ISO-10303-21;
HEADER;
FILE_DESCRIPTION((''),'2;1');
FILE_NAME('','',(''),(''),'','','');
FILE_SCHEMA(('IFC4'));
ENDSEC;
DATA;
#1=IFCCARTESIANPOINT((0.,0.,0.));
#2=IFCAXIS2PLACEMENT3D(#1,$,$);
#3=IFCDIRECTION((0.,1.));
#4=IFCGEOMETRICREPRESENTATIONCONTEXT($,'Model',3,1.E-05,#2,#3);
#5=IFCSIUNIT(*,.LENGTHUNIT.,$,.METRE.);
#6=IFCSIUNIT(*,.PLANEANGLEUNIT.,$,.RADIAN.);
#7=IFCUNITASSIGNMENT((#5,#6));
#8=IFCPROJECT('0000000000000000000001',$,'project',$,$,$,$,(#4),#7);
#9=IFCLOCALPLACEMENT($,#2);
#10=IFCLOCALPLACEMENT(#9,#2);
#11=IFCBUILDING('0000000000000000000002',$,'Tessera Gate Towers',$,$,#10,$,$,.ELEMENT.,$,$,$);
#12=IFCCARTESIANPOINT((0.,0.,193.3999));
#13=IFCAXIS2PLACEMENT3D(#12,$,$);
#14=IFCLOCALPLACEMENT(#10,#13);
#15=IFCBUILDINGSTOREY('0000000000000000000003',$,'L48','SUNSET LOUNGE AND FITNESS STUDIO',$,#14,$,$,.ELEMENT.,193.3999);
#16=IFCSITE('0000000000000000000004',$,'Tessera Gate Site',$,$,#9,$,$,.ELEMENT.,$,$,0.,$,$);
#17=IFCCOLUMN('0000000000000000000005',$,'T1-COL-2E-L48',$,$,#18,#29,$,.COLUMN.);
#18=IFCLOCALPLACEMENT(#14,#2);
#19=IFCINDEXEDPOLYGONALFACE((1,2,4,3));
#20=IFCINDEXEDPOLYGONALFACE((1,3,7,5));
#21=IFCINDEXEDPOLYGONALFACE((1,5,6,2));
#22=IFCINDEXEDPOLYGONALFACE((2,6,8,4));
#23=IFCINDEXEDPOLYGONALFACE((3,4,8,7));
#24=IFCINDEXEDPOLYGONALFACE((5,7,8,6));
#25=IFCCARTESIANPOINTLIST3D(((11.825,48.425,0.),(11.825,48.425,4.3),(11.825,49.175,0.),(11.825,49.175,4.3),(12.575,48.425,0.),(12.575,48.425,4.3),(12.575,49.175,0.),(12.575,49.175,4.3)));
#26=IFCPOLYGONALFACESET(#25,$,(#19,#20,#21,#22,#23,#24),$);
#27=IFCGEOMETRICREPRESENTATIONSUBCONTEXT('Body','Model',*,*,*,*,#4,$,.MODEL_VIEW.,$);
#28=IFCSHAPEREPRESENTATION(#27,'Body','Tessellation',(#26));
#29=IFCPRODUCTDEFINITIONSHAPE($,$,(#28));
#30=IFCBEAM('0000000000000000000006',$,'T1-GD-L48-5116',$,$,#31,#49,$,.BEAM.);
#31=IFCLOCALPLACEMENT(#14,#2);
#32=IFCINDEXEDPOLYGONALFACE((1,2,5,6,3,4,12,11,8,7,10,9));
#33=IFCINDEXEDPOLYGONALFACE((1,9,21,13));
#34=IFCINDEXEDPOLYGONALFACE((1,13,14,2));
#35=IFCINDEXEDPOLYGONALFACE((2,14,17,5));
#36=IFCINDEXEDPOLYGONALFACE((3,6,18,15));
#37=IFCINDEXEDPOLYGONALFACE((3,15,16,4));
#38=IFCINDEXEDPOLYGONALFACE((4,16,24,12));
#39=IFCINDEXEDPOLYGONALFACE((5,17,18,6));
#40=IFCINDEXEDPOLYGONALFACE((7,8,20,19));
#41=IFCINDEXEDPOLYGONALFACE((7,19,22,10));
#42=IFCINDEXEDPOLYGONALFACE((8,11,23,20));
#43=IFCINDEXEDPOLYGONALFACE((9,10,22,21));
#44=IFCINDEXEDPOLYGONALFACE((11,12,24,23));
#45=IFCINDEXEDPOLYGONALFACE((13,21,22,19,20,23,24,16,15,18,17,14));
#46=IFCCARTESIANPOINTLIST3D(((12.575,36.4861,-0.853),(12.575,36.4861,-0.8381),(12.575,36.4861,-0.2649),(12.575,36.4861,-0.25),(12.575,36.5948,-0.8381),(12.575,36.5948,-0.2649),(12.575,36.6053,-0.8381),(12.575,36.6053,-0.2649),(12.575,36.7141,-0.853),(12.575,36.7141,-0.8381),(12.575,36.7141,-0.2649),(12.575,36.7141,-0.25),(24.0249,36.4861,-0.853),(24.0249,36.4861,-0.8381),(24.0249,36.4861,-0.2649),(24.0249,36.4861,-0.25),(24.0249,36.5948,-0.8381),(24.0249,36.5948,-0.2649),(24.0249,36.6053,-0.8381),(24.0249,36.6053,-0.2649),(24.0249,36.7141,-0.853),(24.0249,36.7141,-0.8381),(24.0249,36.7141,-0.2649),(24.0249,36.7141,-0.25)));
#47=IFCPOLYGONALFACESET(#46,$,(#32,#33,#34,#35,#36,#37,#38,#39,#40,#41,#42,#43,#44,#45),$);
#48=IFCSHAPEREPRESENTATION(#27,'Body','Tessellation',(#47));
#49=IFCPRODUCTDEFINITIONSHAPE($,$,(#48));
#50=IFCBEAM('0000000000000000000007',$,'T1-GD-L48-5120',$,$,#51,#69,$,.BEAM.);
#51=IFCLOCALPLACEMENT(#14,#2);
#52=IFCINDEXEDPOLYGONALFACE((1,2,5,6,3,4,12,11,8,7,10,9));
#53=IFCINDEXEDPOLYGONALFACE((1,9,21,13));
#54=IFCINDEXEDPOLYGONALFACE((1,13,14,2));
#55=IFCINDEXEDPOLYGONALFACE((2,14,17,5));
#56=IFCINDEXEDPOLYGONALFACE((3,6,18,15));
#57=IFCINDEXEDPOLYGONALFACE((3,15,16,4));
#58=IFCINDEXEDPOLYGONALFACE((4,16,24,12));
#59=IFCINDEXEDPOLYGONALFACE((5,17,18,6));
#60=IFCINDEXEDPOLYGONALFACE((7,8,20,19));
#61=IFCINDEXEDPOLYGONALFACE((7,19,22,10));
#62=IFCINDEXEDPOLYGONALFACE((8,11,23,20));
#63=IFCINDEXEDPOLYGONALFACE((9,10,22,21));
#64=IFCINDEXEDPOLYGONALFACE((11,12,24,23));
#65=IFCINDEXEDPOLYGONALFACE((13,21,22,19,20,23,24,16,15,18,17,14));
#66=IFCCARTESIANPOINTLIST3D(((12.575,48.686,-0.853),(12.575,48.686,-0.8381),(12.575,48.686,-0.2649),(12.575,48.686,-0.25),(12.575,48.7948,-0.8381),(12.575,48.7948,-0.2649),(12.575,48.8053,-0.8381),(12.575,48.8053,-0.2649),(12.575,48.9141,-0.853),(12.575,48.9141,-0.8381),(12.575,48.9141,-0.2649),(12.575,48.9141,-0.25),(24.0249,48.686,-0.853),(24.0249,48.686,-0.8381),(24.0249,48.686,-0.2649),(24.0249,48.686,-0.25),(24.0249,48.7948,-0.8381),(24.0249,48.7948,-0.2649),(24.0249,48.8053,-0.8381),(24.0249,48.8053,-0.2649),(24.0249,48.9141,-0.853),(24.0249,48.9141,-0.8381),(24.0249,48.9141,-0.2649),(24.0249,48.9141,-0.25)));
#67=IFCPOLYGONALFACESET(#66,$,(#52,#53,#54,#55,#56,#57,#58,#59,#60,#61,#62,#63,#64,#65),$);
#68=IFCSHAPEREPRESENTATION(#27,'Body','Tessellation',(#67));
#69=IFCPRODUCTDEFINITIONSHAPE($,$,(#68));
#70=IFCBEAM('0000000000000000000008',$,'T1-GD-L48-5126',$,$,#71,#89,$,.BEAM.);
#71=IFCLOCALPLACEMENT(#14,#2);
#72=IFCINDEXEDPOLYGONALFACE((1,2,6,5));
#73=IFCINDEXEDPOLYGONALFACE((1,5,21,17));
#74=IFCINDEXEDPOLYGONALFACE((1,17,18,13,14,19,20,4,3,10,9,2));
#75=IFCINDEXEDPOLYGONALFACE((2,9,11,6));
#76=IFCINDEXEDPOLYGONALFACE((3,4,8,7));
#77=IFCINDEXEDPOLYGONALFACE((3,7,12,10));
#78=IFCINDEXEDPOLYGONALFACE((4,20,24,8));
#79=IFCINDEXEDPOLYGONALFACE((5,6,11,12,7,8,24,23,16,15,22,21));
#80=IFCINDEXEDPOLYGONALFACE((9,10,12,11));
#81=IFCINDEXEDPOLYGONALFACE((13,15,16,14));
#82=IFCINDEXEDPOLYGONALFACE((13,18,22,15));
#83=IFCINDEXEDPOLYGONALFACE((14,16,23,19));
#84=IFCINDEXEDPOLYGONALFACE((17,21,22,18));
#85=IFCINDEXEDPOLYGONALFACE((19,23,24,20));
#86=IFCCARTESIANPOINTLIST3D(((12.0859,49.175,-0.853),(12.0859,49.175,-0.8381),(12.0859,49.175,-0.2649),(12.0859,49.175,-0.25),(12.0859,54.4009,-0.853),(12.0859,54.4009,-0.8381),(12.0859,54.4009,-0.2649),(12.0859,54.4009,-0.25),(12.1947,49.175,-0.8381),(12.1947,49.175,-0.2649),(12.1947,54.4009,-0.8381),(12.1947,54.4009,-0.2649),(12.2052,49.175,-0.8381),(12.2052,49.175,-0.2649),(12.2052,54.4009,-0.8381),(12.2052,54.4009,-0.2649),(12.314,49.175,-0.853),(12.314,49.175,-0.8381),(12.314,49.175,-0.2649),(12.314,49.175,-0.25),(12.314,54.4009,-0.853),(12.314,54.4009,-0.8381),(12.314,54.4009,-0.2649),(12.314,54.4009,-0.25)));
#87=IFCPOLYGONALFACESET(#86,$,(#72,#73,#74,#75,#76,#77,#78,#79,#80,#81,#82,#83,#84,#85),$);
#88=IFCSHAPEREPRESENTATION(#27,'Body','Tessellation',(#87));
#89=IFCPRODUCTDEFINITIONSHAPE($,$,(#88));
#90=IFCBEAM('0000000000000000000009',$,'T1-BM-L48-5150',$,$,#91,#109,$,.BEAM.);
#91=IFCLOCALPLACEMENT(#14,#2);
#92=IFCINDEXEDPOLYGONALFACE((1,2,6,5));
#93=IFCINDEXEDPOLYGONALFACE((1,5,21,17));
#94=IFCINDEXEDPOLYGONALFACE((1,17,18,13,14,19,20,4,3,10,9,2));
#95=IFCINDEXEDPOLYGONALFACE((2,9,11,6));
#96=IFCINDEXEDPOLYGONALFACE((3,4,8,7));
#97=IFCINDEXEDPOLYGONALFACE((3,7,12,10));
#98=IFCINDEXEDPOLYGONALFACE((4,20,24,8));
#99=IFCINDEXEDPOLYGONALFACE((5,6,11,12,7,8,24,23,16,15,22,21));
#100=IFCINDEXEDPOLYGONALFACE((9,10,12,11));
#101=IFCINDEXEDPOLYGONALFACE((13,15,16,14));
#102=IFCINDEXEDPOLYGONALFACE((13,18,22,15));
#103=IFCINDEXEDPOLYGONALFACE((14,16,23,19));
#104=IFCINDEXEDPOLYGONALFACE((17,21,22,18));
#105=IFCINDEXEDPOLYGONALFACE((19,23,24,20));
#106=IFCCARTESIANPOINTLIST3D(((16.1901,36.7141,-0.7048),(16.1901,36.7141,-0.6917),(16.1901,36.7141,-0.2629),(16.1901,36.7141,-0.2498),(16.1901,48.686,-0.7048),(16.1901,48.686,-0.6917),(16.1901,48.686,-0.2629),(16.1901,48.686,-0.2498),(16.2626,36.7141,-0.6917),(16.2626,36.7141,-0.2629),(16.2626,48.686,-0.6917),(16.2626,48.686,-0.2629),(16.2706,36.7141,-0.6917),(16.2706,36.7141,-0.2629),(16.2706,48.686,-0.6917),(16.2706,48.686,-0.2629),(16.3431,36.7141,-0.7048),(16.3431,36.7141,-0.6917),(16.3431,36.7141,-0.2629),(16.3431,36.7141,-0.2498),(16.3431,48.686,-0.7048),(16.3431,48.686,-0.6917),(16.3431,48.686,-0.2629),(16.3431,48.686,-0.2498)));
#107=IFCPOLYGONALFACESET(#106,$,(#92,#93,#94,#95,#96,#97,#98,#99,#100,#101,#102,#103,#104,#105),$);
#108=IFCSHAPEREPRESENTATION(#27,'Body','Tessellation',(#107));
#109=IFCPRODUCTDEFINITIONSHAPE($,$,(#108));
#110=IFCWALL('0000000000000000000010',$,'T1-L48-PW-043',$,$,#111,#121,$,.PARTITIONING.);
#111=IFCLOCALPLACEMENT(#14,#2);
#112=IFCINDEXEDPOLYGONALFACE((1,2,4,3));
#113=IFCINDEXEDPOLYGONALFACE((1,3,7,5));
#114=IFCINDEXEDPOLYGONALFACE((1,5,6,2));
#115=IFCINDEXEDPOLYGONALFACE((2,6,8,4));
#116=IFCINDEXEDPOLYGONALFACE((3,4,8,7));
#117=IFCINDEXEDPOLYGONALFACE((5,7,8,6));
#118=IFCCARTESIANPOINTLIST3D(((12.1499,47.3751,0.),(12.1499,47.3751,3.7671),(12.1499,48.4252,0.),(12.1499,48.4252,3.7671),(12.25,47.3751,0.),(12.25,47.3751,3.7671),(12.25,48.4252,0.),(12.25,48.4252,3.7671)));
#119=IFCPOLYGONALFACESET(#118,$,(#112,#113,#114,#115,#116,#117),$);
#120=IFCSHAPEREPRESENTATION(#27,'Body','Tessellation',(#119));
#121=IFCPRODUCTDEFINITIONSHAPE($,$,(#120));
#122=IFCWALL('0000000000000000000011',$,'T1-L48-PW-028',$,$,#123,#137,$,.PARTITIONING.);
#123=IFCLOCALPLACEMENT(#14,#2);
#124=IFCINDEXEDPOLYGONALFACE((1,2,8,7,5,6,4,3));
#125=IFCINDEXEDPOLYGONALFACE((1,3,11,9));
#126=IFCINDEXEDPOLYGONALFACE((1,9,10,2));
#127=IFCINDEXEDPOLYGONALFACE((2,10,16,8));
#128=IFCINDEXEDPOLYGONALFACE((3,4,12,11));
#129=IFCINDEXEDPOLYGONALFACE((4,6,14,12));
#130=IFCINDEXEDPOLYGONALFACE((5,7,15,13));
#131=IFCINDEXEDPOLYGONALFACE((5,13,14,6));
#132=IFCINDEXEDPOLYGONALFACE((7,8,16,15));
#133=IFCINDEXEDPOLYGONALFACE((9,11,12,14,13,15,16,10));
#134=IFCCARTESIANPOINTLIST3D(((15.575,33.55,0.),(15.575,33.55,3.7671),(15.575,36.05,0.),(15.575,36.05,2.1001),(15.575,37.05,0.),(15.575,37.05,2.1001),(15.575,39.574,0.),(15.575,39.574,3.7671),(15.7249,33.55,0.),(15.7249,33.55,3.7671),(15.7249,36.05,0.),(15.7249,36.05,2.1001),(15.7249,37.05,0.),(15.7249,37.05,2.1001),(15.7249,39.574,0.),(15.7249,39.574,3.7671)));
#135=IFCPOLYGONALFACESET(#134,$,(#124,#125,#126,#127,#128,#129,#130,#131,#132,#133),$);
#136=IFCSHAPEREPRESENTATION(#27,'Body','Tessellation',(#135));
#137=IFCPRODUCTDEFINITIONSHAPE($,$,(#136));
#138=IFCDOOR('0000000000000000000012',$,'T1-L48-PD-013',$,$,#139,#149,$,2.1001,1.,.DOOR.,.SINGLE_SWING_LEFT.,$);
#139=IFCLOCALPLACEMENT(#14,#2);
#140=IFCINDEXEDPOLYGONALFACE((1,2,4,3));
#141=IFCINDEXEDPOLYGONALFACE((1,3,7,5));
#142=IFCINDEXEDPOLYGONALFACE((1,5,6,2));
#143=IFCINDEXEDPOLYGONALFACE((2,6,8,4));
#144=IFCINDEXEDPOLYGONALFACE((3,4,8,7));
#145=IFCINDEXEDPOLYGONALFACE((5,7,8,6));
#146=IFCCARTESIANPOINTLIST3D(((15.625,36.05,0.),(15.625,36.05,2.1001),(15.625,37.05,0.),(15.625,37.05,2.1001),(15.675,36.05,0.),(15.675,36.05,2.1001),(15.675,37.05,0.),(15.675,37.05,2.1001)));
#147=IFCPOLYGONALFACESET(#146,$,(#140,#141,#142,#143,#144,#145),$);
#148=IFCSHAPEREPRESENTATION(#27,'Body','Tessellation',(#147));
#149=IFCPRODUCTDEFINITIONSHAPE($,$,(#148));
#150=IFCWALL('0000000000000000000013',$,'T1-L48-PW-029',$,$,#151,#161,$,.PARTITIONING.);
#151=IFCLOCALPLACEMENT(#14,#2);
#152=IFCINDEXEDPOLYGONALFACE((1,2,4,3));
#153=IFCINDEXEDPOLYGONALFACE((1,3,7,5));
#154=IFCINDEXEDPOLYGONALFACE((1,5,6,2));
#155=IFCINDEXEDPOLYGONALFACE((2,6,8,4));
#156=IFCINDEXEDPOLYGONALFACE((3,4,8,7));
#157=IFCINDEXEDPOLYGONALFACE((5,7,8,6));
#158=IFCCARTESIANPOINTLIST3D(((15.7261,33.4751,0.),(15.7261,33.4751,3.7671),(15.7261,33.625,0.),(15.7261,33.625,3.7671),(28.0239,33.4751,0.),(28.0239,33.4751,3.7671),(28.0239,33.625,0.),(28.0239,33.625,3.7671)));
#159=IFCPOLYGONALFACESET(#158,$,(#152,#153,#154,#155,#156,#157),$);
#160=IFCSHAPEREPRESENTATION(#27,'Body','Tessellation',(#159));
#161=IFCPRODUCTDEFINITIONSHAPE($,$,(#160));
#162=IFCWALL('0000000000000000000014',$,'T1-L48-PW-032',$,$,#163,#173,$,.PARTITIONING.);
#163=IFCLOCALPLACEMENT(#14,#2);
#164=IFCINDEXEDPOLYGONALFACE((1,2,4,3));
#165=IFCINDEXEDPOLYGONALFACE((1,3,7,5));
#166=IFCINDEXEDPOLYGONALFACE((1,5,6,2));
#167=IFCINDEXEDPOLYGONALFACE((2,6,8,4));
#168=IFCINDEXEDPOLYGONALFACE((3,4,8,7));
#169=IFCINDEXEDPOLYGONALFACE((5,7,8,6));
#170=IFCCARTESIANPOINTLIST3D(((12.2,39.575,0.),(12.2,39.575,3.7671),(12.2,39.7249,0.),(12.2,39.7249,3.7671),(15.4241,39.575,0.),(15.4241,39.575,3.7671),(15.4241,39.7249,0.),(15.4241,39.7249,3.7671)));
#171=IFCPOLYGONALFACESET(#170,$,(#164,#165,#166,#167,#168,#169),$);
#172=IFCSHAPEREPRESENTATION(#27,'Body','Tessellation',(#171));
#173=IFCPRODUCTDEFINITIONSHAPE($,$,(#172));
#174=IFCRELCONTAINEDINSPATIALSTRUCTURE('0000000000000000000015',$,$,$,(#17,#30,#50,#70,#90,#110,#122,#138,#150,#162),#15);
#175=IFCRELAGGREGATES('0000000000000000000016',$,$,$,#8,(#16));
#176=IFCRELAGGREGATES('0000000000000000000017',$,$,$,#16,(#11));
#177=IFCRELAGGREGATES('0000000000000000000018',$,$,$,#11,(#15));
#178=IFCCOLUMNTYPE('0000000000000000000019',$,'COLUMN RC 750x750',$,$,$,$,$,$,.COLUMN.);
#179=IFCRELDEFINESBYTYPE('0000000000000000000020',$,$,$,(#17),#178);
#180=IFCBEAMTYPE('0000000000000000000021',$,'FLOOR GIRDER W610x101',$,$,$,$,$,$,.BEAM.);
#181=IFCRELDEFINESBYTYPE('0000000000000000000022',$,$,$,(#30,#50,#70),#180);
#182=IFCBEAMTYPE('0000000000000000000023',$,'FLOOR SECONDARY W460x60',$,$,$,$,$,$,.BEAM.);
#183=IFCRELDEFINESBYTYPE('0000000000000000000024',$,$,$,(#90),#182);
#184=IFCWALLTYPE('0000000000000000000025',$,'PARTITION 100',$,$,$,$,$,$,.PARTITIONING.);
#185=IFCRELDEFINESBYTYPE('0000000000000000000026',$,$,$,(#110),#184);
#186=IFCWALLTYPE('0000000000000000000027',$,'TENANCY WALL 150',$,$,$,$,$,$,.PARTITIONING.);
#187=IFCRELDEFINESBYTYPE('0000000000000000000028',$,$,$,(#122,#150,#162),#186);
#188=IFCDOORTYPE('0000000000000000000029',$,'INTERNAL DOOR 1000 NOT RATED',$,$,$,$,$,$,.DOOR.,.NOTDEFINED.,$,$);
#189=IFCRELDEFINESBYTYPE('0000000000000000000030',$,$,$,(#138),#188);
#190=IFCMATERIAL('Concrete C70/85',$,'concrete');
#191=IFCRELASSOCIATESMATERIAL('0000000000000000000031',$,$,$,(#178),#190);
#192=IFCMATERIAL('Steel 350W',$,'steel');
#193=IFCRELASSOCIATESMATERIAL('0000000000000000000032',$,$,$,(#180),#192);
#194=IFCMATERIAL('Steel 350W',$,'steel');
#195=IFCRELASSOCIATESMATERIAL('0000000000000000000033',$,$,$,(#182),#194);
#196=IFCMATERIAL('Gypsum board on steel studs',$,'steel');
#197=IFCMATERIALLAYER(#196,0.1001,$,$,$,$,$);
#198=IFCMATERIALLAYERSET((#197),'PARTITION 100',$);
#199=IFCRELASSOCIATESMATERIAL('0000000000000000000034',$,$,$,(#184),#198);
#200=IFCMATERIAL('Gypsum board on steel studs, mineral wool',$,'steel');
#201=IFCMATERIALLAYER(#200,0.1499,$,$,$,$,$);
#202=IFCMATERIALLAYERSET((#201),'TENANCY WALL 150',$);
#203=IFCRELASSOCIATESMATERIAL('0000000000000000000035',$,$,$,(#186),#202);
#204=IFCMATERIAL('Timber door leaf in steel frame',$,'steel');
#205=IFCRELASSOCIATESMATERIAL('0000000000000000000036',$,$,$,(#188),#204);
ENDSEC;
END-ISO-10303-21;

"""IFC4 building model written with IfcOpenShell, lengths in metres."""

from ifc_helpers import new_model, si_unit, direction, frame, frame_2d, origin, origin_2d, place, context, subcontext, project, spatial, rectangle, i_section, extrude, source, transform, mapped, material, layer, layer_set, material_profile, profile_set, type_object, element, fill, save


model = new_model("IFC4")

# Units and contexts
model_context = context("Model", 3, precision=1e-05, world=origin(), true_north=direction((0.0, 1.0)))
body_context = subcontext(model_context, "Body", "Model", "MODEL_VIEW")
ifc_project = project(units=[si_unit("LENGTHUNIT", "METRE"), si_unit("PLANEANGLEUNIT", "RADIAN")], contexts=[model_context])

# Site, building, storey
site_placement = place(None, origin())
site = spatial("IfcSite", under=ifc_project, at=site_placement, Name="Tessera Gate Site", CompositionType="ELEMENT", RefElevation=0.0)
building_placement = place(site_placement, origin())
building = spatial("IfcBuilding", under=site, at=building_placement, Name="Tessera Gate Towers", CompositionType="ELEMENT")
storey_placement = place(building_placement, frame((0.0, 0.0, 193.3999)))
storey = spatial("IfcBuildingStorey", under=building, at=storey_placement, Name="L48", Description="SUNSET LOUNGE AND FITNESS STUDIO", CompositionType="ELEMENT", Elevation=193.3999)

# Column
ifc_material_1 = material(Name="Concrete C70/85", Category="concrete")
ifc_material_profile_1 = material_profile(ifc_material_1, rectangle(XDim=0.75, YDim=0.75, at=origin_2d()), Name="RC 750x750")
ifc_profile_set_1 = profile_set([ifc_material_profile_1], Name="Concrete C70/85")
column_type = type_object("IfcColumnType", Name="COLUMN RC 750x750", PredefinedType="COLUMN", material=ifc_profile_set_1)
column_placement = place(storey_placement, frame((12.2, 48.8, 0.0), z_axis=(0.0, 0.0, 1.0), x_axis=(1.0, 0.0, 0.0)))
element("IfcColumn", 1, at=column_placement, inside=storey, type_object=column_type, Name="T1-COL-2E-L48", PredefinedType="COLUMN", context=body_context, shape_type="SweptSolid", body=[
    extrude(rectangle(XDim=0.75, YDim=0.75, at=origin_2d()), origin(), (0.0, 0.0, 1.0), 4.3),
])

# Beams
ifc_material_2 = material(Name="Steel 350W", Category="steel")
ifc_material_profile_2 = material_profile(ifc_material_2, i_section(OverallWidth=0.228, OverallDepth=0.603, WebThickness=0.0105, FlangeThickness=0.0149, at=origin_2d()), Name="W610x101")
ifc_profile_set_2 = profile_set([ifc_material_profile_2], Name="Steel 350W")
beam_type_1 = type_object("IfcBeamType", Name="FLOOR GIRDER W610x101", PredefinedType="BEAM", material=ifc_profile_set_2)
for number, where, z_axis, x_axis, name in (
    (2, (12.575, 36.6001, -0.5515), (1.0, 0.0, 0.0), (0.0, 1.0, 0.0), "T1-GD-L48-5116"),
    (3, (12.575, 48.8, -0.5515), (1.0, 0.0, 0.0), (0.0, 1.0, 0.0), "T1-GD-L48-5120"),
):
    element("IfcBeam", number, at=place(storey_placement, frame(where, z_axis=z_axis, x_axis=x_axis)), inside=storey, type_object=beam_type_1, Name=name, PredefinedType="BEAM", context=body_context, shape_type="SweptSolid", body=[
        extrude(i_section(OverallWidth=0.228, OverallDepth=0.603, WebThickness=0.0105, FlangeThickness=0.0149, at=origin_2d()), origin(), (0.0, 0.0, 1.0), 11.45),
    ])
beam_1_placement = place(storey_placement, frame((12.2, 49.175, -0.5515), z_axis=(0.0, 1.0, 0.0), x_axis=(-1.0, 0.0, 0.0)))
element("IfcBeam", 4, at=beam_1_placement, inside=storey, type_object=beam_type_1, Name="T1-GD-L48-5126", PredefinedType="BEAM", context=body_context, shape_type="SweptSolid", body=[
    extrude(i_section(OverallWidth=0.228, OverallDepth=0.603, WebThickness=0.0105, FlangeThickness=0.0149, at=origin_2d()), origin(), (0.0, 0.0, 1.0), 5.2258),
])
ifc_material_3 = material(Name="Steel 350W", Category="steel")
ifc_material_profile_3 = material_profile(ifc_material_3, i_section(OverallWidth=0.1531, OverallDepth=0.4551, WebThickness=0.0081, FlangeThickness=0.0132, at=origin_2d()), Name="W460x60")
ifc_profile_set_3 = profile_set([ifc_material_profile_3], Name="Steel 350W")
beam_type_2 = type_object("IfcBeamType", Name="FLOOR SECONDARY W460x60", PredefinedType="BEAM", material=ifc_profile_set_3)
beam_2_placement = place(storey_placement, frame((16.2666, 36.7141, -0.4773), z_axis=(0.0, 1.0, 0.0), x_axis=(-1.0, 0.0, 0.0)))
element("IfcBeam", 5, at=beam_2_placement, inside=storey, type_object=beam_type_2, Name="T1-BM-L48-5150", PredefinedType="BEAM", context=body_context, shape_type="SweptSolid", body=[
    extrude(i_section(OverallWidth=0.1531, OverallDepth=0.4551, WebThickness=0.0081, FlangeThickness=0.0132, at=origin_2d()), origin(), (0.0, 0.0, 1.0), 11.9719),
])

# Wall
ifc_material_4 = material(Name="Gypsum board on steel studs", Category="steel")
ifc_layer_1 = layer(ifc_material_4, 0.1001)
ifc_layer_set_1 = layer_set([ifc_layer_1], Name="PARTITION 100")
wall_type_1 = type_object("IfcWallType", Name="PARTITION 100", PredefinedType="PARTITIONING", material=ifc_layer_set_1)
wall_1_placement = place(storey_placement, frame((12.2, 48.425, 0.0), z_axis=(0.0, 0.0, 1.0), x_axis=(0.0, -1.0, 0.0)))
element("IfcWall", 6, at=wall_1_placement, inside=storey, type_object=wall_type_1, Name="T1-L48-PW-043", PredefinedType="PARTITIONING", context=body_context, shape_type="SweptSolid", body=[
    extrude(rectangle(XDim=1.05, YDim=0.1001, at=frame_2d((0.5249, 0.0))), origin(), (0.0, 0.0, 1.0), 3.7671),
])

# Wall, opening, door
ifc_material_5 = material(Name="Gypsum board on steel studs, mineral wool", Category="steel")
ifc_layer_2 = layer(ifc_material_5, 0.1499)
ifc_layer_set_2 = layer_set([ifc_layer_2], Name="TENANCY WALL 150")
wall_type_2 = type_object("IfcWallType", Name="TENANCY WALL 150", PredefinedType="PARTITIONING", material=ifc_layer_set_2)
wall_2_placement = place(storey_placement, frame((15.6499, 33.55, 0.0), z_axis=(0.0, 0.0, 1.0), x_axis=(0.0, 1.0, 0.0)))
wall_2 = element("IfcWall", 7, at=wall_2_placement, inside=storey, type_object=wall_type_2, Name="T1-L48-PW-028", PredefinedType="PARTITIONING", context=body_context, shape_type="SweptSolid", body=[
    extrude(rectangle(XDim=6.0239, YDim=0.1499, at=frame_2d((3.012, 0.0))), origin(), (0.0, 0.0, 1.0), 3.7671),
])
shared_shape_1 = source(origin(), body_context, "Body", "SweptSolid", [
    extrude(rectangle(XDim=1.0, YDim=2.1001, at=frame_2d((0.5, 1.05))), frame((0.0, 0.085, 0.0), z_axis=(0.0, -1.0, 0.0), x_axis=(1.0, 0.0, 0.0)), (0.0, 0.0, 1.0), 0.1699),
])
opening_1_placement = place(wall_2_placement, frame((2.5, 0.0, 0.0)))
opening_1 = element("IfcOpeningElement", 8, at=opening_1_placement, cuts=wall_2, PredefinedType="OPENING", context=body_context, shape_type="MappedRepresentation", body=[
    mapped(shared_shape_1, transform((0.0, 0.0, 0.0), scale=1.0)),
])
ifc_material_6 = material(Name="Timber door leaf in steel frame", Category="steel")
door_type = type_object("IfcDoorType", Name="INTERNAL DOOR 1000 NOT RATED", OperationType="NOTDEFINED", PredefinedType="DOOR", material=ifc_material_6)
shared_shape_2 = source(origin(), body_context, "Body", "SweptSolid", [
    extrude(rectangle(XDim=1.0, YDim=2.1001, at=frame_2d((0.5, 1.05))), frame((0.0, 0.0249, 0.0), z_axis=(0.0, -1.0, 0.0), x_axis=(1.0, 0.0, 0.0)), (0.0, 0.0, 1.0), 0.05),
])
door_1_placement = place(opening_1_placement, origin())
door_1 = element("IfcDoor", 9, at=door_1_placement, inside=storey, type_object=door_type, Name="T1-L48-PD-013", OperationType="SINGLE_SWING_LEFT", OverallHeight=2.1001, OverallWidth=1.0, PredefinedType="DOOR", context=body_context, shape_type="MappedRepresentation", body=[
    mapped(shared_shape_2, transform((0.0, 0.0, 0.0), scale=1.0)),
])
fill(opening_1, door_1)

# Walls
wall_3_placement = place(storey_placement, frame((15.7261, 33.55, 0.0), z_axis=(0.0, 0.0, 1.0), x_axis=(1.0, 0.0, 0.0)))
element("IfcWall", 10, at=wall_3_placement, inside=storey, type_object=wall_type_2, Name="T1-L48-PW-029", PredefinedType="PARTITIONING", context=body_context, shape_type="SweptSolid", body=[
    extrude(rectangle(XDim=12.2979, YDim=0.1499, at=frame_2d((6.1489, 0.0))), origin(), (0.0, 0.0, 1.0), 3.7671),
])
wall_4_placement = place(storey_placement, frame((12.2, 39.6499, 0.0), z_axis=(0.0, 0.0, 1.0), x_axis=(1.0, 0.0, 0.0)))
element("IfcWall", 11, at=wall_4_placement, inside=storey, type_object=wall_type_2, Name="T1-L48-PW-032", PredefinedType="PARTITIONING", context=body_context, shape_type="SweptSolid", body=[
    extrude(rectangle(XDim=3.2241, YDim=0.1499, at=frame_2d((1.6121, 0.0))), origin(), (0.0, 0.0, 1.0), 3.7671),
])

save(model, "model.ifc")
